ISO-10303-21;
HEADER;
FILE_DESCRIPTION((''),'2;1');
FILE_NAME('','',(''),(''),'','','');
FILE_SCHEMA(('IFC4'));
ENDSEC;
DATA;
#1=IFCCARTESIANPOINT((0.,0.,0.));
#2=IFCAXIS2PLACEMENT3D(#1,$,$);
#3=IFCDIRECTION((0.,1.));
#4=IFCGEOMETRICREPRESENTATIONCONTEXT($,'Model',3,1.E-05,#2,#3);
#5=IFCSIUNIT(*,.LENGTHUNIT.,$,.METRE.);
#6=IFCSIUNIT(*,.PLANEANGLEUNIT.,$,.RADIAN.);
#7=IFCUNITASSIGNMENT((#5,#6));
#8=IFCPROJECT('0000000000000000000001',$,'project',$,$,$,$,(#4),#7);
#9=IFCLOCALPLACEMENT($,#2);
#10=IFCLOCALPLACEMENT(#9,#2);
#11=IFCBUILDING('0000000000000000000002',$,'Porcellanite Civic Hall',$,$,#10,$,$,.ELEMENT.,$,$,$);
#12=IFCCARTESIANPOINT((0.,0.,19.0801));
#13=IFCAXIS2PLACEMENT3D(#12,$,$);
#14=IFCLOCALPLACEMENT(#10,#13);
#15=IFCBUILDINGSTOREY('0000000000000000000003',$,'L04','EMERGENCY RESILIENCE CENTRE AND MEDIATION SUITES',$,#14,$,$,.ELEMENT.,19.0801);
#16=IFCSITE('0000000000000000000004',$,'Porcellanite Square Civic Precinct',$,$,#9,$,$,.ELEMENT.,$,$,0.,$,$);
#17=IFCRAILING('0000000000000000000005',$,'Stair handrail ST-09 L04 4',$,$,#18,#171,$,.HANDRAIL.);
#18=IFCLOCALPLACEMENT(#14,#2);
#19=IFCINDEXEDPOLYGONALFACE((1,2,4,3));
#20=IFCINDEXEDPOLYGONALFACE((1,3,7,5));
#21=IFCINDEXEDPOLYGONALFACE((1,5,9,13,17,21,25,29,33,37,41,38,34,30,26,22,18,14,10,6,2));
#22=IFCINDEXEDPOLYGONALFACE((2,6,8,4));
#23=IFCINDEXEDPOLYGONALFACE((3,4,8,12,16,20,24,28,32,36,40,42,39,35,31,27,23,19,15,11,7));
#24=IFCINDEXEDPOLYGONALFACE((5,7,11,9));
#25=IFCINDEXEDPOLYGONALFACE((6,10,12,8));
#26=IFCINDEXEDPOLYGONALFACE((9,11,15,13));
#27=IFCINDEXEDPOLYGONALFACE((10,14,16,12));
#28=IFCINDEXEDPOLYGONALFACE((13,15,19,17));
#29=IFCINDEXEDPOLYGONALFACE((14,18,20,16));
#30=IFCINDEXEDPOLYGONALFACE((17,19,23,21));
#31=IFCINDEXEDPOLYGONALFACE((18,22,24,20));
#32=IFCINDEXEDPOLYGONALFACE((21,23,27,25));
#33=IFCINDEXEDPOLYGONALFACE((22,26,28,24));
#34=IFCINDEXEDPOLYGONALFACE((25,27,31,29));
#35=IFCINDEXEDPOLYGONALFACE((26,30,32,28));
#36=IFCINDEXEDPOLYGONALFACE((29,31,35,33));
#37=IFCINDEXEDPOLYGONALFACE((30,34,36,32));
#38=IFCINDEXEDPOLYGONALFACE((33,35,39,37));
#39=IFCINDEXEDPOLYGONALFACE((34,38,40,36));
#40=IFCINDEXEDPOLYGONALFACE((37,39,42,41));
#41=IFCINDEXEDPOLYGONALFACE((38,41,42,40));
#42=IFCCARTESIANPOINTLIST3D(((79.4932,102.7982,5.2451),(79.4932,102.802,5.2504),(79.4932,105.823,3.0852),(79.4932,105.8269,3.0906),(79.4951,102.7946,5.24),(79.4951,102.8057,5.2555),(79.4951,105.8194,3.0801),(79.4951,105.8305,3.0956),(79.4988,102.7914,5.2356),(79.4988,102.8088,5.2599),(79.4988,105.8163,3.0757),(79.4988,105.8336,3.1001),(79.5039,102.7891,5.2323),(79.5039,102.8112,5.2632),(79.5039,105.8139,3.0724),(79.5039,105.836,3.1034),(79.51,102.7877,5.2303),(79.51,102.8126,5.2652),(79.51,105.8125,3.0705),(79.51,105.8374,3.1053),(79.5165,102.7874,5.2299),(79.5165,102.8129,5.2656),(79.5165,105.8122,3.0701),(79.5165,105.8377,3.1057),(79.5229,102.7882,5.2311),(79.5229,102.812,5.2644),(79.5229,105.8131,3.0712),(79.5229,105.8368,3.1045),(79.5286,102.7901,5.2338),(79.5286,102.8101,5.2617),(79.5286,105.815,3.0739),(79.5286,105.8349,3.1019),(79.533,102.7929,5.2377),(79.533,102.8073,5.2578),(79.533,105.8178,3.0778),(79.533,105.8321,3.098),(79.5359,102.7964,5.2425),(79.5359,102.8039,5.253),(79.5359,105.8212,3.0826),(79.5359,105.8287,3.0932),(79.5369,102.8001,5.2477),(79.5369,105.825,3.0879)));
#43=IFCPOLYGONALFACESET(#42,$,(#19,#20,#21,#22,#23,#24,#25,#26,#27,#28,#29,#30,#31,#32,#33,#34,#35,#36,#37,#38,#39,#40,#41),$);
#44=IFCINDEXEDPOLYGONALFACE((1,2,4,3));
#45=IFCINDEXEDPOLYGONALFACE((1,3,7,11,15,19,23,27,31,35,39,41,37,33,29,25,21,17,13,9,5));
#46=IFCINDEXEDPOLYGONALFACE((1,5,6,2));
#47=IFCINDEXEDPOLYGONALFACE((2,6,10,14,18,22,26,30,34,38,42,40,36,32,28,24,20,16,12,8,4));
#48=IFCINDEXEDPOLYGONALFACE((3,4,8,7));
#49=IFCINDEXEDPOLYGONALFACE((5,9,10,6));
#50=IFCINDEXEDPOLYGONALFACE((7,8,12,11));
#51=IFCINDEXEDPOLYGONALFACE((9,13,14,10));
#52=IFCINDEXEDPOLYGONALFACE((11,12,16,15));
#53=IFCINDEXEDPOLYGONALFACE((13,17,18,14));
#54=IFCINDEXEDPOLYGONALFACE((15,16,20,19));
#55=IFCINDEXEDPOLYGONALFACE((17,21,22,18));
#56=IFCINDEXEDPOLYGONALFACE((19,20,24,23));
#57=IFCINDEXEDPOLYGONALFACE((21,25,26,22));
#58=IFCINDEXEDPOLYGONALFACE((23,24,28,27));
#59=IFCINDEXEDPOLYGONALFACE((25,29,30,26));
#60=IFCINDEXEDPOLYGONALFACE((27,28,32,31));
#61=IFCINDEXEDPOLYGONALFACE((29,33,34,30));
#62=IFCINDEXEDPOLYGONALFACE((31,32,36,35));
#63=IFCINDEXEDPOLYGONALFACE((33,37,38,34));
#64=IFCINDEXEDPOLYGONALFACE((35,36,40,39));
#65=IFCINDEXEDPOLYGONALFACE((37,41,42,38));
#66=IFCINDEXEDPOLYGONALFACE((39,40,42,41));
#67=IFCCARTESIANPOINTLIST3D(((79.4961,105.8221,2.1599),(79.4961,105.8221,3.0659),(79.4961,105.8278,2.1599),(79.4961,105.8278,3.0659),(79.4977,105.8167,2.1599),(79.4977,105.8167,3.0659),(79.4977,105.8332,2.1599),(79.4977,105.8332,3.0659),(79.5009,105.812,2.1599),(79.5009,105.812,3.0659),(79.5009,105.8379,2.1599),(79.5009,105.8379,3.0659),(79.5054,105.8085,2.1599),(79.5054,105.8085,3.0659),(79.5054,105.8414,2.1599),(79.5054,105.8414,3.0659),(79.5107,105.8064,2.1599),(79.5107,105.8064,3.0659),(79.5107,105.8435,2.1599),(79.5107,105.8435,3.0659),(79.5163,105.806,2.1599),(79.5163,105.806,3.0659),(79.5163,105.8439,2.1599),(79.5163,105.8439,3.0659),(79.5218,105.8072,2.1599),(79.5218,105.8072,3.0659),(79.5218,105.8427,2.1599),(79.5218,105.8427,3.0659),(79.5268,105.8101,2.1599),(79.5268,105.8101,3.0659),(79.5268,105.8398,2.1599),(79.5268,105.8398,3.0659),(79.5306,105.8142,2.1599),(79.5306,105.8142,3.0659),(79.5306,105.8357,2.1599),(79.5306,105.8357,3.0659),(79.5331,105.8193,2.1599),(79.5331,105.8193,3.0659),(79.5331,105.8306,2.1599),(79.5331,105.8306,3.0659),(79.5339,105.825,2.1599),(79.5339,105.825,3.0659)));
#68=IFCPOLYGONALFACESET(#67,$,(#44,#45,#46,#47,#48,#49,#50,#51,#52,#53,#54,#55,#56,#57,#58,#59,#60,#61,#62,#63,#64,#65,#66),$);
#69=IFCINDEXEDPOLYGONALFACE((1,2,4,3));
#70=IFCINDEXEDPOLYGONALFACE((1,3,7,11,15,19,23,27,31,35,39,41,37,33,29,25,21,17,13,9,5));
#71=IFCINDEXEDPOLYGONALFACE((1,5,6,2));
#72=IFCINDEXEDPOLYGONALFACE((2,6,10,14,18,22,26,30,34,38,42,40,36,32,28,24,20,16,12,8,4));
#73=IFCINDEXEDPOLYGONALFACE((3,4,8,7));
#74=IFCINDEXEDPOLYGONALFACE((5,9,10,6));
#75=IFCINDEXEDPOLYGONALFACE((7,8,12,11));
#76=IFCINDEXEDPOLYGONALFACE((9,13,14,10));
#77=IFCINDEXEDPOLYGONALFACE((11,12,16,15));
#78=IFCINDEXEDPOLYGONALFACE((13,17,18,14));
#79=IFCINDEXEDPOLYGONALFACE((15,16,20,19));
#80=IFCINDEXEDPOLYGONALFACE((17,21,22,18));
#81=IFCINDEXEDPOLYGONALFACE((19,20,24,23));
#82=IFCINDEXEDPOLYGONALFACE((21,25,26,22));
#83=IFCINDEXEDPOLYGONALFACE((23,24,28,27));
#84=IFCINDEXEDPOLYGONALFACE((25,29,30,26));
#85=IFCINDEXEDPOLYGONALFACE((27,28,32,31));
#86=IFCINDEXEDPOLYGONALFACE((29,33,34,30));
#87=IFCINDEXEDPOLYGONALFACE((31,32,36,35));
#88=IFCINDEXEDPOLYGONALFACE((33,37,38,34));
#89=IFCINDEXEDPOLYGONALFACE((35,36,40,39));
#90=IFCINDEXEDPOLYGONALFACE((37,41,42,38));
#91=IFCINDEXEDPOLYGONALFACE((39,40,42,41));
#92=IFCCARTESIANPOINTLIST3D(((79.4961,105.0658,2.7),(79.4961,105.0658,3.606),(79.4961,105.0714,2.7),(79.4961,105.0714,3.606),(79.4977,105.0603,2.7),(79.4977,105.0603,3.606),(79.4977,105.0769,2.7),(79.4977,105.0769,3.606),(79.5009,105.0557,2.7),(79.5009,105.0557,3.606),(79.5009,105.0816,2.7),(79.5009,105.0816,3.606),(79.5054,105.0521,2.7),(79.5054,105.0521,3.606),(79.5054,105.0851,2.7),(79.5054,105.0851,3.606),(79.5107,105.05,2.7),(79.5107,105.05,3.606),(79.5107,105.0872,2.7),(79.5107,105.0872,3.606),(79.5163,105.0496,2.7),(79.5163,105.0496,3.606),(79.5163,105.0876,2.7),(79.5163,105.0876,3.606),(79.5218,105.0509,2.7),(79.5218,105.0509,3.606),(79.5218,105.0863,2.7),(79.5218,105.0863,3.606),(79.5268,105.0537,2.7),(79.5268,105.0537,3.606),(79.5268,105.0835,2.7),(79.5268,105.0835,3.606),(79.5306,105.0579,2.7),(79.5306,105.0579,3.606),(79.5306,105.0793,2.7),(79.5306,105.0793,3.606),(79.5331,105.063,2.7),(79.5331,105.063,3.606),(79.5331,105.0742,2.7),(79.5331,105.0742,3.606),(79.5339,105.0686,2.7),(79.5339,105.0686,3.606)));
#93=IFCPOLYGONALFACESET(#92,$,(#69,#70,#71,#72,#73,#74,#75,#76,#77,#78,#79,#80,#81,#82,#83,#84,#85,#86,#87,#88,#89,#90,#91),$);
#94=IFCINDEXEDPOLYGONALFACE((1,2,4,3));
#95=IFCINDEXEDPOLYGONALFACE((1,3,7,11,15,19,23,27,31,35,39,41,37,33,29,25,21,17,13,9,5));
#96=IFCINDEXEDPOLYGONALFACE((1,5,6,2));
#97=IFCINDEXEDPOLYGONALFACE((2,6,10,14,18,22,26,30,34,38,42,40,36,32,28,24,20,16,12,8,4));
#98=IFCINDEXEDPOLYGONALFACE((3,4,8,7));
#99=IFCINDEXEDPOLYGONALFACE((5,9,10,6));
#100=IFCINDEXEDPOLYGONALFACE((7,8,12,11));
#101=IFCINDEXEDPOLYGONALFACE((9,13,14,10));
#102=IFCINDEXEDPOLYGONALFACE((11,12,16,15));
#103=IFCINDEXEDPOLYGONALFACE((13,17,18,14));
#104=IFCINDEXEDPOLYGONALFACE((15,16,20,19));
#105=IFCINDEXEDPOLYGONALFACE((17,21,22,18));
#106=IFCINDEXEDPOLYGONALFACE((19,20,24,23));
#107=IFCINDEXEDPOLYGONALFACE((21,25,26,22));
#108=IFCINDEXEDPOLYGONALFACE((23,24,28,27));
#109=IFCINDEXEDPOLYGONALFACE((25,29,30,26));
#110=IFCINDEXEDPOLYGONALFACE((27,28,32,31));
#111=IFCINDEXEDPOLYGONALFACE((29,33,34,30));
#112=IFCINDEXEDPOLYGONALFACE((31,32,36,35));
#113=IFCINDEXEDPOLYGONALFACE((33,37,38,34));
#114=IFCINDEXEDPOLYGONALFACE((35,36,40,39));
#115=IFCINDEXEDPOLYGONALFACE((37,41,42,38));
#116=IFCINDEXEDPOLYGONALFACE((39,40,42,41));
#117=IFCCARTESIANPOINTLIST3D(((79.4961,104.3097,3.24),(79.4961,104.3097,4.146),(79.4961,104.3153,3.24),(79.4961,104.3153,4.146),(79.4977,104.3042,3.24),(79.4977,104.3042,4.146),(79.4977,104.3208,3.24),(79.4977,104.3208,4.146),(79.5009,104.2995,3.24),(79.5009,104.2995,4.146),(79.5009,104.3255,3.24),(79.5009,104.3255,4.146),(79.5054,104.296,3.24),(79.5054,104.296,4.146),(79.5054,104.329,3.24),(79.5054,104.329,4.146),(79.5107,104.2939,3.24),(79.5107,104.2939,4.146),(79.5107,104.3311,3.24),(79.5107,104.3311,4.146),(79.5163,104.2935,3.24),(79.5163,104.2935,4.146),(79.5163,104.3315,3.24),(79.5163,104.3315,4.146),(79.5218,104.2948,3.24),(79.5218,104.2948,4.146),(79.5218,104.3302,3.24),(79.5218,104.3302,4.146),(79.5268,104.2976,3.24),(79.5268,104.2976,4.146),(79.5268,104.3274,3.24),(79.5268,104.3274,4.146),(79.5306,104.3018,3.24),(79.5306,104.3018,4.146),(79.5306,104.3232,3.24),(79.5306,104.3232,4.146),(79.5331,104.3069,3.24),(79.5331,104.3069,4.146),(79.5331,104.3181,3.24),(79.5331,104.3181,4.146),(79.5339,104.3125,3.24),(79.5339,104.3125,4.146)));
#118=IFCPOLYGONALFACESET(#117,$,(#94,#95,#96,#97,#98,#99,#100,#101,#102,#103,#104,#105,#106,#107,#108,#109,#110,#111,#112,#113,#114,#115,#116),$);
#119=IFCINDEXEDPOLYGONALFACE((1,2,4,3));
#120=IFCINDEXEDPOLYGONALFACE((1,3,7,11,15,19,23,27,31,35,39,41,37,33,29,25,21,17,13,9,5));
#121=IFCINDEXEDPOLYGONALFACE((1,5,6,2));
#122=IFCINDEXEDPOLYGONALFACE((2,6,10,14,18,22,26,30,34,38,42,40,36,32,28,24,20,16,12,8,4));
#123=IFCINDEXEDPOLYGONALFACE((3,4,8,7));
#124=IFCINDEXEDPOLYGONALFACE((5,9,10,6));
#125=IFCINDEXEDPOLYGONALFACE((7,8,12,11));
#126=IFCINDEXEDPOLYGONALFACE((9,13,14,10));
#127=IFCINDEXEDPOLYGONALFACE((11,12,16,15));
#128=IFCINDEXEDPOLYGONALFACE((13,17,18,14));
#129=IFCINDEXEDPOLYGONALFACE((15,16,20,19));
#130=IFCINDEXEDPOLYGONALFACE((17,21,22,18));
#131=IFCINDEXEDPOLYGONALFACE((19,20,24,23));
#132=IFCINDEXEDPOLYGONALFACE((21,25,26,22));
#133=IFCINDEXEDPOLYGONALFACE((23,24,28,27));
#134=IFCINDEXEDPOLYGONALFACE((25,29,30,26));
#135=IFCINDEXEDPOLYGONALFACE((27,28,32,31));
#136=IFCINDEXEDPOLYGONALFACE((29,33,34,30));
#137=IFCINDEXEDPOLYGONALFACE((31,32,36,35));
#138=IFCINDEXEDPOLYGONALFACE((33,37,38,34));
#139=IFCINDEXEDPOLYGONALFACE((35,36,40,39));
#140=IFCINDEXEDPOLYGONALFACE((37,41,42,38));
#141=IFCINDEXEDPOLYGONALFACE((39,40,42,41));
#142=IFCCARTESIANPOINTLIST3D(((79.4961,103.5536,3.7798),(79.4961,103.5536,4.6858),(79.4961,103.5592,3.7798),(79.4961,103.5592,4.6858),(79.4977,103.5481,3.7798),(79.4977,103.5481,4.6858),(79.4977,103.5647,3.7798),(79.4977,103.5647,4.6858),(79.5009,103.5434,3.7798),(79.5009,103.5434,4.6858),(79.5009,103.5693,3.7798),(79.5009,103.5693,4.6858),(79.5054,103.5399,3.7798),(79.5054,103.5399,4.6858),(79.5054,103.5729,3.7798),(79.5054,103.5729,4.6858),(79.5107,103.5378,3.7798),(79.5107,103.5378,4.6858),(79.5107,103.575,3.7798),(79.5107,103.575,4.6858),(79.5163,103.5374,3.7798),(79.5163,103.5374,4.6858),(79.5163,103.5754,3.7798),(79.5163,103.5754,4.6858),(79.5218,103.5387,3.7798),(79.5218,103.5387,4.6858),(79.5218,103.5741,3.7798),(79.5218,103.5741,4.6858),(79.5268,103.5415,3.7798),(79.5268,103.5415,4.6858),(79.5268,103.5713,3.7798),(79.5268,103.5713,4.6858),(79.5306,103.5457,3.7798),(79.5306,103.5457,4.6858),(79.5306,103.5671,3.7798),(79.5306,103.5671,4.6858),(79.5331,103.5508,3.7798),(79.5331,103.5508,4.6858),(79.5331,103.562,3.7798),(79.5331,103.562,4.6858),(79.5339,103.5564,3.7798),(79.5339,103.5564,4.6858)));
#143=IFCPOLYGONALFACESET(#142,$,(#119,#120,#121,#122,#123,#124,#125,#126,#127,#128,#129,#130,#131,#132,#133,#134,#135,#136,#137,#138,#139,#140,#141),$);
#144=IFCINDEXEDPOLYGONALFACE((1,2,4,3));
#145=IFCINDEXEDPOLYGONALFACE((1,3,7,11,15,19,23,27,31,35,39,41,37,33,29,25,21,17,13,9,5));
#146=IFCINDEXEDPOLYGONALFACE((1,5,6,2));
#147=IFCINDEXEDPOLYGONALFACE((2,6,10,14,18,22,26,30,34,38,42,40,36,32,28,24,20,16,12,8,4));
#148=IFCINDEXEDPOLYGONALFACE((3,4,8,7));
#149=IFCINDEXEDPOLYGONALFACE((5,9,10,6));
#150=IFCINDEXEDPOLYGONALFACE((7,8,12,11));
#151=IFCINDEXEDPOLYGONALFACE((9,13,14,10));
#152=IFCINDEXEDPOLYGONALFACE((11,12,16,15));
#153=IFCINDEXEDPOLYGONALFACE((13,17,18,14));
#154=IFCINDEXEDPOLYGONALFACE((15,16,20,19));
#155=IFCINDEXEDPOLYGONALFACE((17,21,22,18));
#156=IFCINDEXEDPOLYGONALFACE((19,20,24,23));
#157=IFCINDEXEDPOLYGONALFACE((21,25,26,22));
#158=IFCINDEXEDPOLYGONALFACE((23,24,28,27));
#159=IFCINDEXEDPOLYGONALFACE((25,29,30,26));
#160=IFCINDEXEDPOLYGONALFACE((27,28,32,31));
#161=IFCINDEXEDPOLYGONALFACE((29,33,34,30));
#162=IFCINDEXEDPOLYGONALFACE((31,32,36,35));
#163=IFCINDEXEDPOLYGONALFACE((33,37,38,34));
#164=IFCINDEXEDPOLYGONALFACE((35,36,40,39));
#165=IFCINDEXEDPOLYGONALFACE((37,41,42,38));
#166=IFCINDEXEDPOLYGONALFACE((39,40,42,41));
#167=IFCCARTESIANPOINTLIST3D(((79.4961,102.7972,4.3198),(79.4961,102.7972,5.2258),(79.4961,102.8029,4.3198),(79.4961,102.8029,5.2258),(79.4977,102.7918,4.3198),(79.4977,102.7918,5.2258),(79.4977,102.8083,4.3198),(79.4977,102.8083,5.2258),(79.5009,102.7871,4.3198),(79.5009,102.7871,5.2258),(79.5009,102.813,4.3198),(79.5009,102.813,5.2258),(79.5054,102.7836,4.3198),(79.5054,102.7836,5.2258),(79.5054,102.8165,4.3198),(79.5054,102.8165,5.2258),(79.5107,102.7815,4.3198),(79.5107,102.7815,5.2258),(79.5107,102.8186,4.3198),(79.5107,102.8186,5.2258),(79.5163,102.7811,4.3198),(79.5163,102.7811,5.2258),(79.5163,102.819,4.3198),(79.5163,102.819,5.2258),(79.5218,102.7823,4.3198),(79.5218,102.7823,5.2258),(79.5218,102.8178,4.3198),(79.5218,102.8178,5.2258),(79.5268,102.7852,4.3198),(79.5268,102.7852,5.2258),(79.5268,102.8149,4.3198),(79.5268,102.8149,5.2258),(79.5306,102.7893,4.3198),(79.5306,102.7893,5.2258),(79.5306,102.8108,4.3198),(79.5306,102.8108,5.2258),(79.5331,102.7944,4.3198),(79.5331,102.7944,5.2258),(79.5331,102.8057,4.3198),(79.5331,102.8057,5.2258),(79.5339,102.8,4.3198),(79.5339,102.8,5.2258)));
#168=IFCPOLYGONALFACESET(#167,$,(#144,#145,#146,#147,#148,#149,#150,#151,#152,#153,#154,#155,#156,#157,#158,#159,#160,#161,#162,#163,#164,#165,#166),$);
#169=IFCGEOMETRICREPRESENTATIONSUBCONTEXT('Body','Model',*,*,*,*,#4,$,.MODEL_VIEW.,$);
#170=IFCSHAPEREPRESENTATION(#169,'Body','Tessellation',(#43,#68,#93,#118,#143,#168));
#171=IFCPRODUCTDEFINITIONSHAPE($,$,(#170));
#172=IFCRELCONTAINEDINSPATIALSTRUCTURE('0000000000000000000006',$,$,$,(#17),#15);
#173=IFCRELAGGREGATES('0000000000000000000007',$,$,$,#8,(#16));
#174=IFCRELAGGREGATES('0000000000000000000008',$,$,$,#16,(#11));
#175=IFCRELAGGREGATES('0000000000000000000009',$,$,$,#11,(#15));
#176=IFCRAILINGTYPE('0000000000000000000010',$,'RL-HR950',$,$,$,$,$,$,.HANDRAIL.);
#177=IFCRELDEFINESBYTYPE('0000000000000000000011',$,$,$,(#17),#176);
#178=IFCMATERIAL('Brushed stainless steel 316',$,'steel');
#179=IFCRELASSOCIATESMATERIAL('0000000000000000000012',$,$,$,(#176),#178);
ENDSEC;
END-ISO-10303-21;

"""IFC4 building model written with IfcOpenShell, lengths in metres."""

from ifc_helpers import new_model, si_unit, direction, frame, origin, origin_2d, place, context, subcontext, project, spatial, circle, extrude, material, type_object, element, save


model = new_model("IFC4")

# Units and contexts
model_context = context("Model", 3, precision=1e-05, world=origin(), true_north=direction((0.0, 1.0)))
body_context = subcontext(model_context, "Body", "Model", "MODEL_VIEW")
ifc_project = project(units=[si_unit("LENGTHUNIT", "METRE"), si_unit("PLANEANGLEUNIT", "RADIAN")], contexts=[model_context])

# Site, building, storey
site_placement = place(None, origin())
site = spatial("IfcSite", under=ifc_project, at=site_placement, Name="Porcellanite Square Civic Precinct", CompositionType="ELEMENT", RefElevation=0.0)
building_placement = place(site_placement, origin())
building = spatial("IfcBuilding", under=site, at=building_placement, Name="Porcellanite Civic Hall", CompositionType="ELEMENT")
storey_placement = place(building_placement, frame((0.0, 0.0, 19.0801)))
storey = spatial("IfcBuildingStorey", under=building, at=storey_placement, Name="L04", Description="EMERGENCY RESILIENCE CENTRE AND MEDIATION SUITES", CompositionType="ELEMENT", Elevation=19.0801)

# Railing
ifc_material_1 = material(Name="Brushed stainless steel 316", Category="steel")
railing_type_1 = type_object("IfcRailingType", Name="RL-HR950", PredefinedType="HANDRAIL", material=ifc_material_1)
railing_1_placement = place(storey_placement, frame((79.5149, 105.825, 2.1599)))
element("IfcRailing", 1, at=railing_1_placement, inside=storey, type_object=railing_type_1, Name="Stair handrail ST-09 L04 4", PredefinedType="HANDRAIL", context=body_context, shape_type="SweptSolid", body=[
    extrude(circle(Radius=0.022, at=origin_2d()), frame((0.0, 0.0, 0.928), z_axis=(0.0, -0.813827, 0.581108), x_axis=(1.0, 0.0, 0.0)), (0.0, 0.0, 1.0), 3.7168),
    extrude(circle(Radius=0.019, at=origin_2d()), origin(), (0.0, 0.0, 1.0), 0.906),
    extrude(circle(Radius=0.019, at=origin_2d()), frame((0.0, -0.7563, 0.54)), (0.0, 0.0, 1.0), 0.906),
    extrude(circle(Radius=0.019, at=origin_2d()), frame((0.0, -1.5125, 1.0801)), (0.0, 0.0, 1.0), 0.906),
    extrude(circle(Radius=0.019, at=origin_2d()), frame((0.0, -2.2686, 1.6199)), (0.0, 0.0, 1.0), 0.906),
    extrude(circle(Radius=0.019, at=origin_2d()), frame((0.0, -3.0249, 2.1599)), (0.0, 0.0, 1.0), 0.906),
])

save(model, "model.ifc")
